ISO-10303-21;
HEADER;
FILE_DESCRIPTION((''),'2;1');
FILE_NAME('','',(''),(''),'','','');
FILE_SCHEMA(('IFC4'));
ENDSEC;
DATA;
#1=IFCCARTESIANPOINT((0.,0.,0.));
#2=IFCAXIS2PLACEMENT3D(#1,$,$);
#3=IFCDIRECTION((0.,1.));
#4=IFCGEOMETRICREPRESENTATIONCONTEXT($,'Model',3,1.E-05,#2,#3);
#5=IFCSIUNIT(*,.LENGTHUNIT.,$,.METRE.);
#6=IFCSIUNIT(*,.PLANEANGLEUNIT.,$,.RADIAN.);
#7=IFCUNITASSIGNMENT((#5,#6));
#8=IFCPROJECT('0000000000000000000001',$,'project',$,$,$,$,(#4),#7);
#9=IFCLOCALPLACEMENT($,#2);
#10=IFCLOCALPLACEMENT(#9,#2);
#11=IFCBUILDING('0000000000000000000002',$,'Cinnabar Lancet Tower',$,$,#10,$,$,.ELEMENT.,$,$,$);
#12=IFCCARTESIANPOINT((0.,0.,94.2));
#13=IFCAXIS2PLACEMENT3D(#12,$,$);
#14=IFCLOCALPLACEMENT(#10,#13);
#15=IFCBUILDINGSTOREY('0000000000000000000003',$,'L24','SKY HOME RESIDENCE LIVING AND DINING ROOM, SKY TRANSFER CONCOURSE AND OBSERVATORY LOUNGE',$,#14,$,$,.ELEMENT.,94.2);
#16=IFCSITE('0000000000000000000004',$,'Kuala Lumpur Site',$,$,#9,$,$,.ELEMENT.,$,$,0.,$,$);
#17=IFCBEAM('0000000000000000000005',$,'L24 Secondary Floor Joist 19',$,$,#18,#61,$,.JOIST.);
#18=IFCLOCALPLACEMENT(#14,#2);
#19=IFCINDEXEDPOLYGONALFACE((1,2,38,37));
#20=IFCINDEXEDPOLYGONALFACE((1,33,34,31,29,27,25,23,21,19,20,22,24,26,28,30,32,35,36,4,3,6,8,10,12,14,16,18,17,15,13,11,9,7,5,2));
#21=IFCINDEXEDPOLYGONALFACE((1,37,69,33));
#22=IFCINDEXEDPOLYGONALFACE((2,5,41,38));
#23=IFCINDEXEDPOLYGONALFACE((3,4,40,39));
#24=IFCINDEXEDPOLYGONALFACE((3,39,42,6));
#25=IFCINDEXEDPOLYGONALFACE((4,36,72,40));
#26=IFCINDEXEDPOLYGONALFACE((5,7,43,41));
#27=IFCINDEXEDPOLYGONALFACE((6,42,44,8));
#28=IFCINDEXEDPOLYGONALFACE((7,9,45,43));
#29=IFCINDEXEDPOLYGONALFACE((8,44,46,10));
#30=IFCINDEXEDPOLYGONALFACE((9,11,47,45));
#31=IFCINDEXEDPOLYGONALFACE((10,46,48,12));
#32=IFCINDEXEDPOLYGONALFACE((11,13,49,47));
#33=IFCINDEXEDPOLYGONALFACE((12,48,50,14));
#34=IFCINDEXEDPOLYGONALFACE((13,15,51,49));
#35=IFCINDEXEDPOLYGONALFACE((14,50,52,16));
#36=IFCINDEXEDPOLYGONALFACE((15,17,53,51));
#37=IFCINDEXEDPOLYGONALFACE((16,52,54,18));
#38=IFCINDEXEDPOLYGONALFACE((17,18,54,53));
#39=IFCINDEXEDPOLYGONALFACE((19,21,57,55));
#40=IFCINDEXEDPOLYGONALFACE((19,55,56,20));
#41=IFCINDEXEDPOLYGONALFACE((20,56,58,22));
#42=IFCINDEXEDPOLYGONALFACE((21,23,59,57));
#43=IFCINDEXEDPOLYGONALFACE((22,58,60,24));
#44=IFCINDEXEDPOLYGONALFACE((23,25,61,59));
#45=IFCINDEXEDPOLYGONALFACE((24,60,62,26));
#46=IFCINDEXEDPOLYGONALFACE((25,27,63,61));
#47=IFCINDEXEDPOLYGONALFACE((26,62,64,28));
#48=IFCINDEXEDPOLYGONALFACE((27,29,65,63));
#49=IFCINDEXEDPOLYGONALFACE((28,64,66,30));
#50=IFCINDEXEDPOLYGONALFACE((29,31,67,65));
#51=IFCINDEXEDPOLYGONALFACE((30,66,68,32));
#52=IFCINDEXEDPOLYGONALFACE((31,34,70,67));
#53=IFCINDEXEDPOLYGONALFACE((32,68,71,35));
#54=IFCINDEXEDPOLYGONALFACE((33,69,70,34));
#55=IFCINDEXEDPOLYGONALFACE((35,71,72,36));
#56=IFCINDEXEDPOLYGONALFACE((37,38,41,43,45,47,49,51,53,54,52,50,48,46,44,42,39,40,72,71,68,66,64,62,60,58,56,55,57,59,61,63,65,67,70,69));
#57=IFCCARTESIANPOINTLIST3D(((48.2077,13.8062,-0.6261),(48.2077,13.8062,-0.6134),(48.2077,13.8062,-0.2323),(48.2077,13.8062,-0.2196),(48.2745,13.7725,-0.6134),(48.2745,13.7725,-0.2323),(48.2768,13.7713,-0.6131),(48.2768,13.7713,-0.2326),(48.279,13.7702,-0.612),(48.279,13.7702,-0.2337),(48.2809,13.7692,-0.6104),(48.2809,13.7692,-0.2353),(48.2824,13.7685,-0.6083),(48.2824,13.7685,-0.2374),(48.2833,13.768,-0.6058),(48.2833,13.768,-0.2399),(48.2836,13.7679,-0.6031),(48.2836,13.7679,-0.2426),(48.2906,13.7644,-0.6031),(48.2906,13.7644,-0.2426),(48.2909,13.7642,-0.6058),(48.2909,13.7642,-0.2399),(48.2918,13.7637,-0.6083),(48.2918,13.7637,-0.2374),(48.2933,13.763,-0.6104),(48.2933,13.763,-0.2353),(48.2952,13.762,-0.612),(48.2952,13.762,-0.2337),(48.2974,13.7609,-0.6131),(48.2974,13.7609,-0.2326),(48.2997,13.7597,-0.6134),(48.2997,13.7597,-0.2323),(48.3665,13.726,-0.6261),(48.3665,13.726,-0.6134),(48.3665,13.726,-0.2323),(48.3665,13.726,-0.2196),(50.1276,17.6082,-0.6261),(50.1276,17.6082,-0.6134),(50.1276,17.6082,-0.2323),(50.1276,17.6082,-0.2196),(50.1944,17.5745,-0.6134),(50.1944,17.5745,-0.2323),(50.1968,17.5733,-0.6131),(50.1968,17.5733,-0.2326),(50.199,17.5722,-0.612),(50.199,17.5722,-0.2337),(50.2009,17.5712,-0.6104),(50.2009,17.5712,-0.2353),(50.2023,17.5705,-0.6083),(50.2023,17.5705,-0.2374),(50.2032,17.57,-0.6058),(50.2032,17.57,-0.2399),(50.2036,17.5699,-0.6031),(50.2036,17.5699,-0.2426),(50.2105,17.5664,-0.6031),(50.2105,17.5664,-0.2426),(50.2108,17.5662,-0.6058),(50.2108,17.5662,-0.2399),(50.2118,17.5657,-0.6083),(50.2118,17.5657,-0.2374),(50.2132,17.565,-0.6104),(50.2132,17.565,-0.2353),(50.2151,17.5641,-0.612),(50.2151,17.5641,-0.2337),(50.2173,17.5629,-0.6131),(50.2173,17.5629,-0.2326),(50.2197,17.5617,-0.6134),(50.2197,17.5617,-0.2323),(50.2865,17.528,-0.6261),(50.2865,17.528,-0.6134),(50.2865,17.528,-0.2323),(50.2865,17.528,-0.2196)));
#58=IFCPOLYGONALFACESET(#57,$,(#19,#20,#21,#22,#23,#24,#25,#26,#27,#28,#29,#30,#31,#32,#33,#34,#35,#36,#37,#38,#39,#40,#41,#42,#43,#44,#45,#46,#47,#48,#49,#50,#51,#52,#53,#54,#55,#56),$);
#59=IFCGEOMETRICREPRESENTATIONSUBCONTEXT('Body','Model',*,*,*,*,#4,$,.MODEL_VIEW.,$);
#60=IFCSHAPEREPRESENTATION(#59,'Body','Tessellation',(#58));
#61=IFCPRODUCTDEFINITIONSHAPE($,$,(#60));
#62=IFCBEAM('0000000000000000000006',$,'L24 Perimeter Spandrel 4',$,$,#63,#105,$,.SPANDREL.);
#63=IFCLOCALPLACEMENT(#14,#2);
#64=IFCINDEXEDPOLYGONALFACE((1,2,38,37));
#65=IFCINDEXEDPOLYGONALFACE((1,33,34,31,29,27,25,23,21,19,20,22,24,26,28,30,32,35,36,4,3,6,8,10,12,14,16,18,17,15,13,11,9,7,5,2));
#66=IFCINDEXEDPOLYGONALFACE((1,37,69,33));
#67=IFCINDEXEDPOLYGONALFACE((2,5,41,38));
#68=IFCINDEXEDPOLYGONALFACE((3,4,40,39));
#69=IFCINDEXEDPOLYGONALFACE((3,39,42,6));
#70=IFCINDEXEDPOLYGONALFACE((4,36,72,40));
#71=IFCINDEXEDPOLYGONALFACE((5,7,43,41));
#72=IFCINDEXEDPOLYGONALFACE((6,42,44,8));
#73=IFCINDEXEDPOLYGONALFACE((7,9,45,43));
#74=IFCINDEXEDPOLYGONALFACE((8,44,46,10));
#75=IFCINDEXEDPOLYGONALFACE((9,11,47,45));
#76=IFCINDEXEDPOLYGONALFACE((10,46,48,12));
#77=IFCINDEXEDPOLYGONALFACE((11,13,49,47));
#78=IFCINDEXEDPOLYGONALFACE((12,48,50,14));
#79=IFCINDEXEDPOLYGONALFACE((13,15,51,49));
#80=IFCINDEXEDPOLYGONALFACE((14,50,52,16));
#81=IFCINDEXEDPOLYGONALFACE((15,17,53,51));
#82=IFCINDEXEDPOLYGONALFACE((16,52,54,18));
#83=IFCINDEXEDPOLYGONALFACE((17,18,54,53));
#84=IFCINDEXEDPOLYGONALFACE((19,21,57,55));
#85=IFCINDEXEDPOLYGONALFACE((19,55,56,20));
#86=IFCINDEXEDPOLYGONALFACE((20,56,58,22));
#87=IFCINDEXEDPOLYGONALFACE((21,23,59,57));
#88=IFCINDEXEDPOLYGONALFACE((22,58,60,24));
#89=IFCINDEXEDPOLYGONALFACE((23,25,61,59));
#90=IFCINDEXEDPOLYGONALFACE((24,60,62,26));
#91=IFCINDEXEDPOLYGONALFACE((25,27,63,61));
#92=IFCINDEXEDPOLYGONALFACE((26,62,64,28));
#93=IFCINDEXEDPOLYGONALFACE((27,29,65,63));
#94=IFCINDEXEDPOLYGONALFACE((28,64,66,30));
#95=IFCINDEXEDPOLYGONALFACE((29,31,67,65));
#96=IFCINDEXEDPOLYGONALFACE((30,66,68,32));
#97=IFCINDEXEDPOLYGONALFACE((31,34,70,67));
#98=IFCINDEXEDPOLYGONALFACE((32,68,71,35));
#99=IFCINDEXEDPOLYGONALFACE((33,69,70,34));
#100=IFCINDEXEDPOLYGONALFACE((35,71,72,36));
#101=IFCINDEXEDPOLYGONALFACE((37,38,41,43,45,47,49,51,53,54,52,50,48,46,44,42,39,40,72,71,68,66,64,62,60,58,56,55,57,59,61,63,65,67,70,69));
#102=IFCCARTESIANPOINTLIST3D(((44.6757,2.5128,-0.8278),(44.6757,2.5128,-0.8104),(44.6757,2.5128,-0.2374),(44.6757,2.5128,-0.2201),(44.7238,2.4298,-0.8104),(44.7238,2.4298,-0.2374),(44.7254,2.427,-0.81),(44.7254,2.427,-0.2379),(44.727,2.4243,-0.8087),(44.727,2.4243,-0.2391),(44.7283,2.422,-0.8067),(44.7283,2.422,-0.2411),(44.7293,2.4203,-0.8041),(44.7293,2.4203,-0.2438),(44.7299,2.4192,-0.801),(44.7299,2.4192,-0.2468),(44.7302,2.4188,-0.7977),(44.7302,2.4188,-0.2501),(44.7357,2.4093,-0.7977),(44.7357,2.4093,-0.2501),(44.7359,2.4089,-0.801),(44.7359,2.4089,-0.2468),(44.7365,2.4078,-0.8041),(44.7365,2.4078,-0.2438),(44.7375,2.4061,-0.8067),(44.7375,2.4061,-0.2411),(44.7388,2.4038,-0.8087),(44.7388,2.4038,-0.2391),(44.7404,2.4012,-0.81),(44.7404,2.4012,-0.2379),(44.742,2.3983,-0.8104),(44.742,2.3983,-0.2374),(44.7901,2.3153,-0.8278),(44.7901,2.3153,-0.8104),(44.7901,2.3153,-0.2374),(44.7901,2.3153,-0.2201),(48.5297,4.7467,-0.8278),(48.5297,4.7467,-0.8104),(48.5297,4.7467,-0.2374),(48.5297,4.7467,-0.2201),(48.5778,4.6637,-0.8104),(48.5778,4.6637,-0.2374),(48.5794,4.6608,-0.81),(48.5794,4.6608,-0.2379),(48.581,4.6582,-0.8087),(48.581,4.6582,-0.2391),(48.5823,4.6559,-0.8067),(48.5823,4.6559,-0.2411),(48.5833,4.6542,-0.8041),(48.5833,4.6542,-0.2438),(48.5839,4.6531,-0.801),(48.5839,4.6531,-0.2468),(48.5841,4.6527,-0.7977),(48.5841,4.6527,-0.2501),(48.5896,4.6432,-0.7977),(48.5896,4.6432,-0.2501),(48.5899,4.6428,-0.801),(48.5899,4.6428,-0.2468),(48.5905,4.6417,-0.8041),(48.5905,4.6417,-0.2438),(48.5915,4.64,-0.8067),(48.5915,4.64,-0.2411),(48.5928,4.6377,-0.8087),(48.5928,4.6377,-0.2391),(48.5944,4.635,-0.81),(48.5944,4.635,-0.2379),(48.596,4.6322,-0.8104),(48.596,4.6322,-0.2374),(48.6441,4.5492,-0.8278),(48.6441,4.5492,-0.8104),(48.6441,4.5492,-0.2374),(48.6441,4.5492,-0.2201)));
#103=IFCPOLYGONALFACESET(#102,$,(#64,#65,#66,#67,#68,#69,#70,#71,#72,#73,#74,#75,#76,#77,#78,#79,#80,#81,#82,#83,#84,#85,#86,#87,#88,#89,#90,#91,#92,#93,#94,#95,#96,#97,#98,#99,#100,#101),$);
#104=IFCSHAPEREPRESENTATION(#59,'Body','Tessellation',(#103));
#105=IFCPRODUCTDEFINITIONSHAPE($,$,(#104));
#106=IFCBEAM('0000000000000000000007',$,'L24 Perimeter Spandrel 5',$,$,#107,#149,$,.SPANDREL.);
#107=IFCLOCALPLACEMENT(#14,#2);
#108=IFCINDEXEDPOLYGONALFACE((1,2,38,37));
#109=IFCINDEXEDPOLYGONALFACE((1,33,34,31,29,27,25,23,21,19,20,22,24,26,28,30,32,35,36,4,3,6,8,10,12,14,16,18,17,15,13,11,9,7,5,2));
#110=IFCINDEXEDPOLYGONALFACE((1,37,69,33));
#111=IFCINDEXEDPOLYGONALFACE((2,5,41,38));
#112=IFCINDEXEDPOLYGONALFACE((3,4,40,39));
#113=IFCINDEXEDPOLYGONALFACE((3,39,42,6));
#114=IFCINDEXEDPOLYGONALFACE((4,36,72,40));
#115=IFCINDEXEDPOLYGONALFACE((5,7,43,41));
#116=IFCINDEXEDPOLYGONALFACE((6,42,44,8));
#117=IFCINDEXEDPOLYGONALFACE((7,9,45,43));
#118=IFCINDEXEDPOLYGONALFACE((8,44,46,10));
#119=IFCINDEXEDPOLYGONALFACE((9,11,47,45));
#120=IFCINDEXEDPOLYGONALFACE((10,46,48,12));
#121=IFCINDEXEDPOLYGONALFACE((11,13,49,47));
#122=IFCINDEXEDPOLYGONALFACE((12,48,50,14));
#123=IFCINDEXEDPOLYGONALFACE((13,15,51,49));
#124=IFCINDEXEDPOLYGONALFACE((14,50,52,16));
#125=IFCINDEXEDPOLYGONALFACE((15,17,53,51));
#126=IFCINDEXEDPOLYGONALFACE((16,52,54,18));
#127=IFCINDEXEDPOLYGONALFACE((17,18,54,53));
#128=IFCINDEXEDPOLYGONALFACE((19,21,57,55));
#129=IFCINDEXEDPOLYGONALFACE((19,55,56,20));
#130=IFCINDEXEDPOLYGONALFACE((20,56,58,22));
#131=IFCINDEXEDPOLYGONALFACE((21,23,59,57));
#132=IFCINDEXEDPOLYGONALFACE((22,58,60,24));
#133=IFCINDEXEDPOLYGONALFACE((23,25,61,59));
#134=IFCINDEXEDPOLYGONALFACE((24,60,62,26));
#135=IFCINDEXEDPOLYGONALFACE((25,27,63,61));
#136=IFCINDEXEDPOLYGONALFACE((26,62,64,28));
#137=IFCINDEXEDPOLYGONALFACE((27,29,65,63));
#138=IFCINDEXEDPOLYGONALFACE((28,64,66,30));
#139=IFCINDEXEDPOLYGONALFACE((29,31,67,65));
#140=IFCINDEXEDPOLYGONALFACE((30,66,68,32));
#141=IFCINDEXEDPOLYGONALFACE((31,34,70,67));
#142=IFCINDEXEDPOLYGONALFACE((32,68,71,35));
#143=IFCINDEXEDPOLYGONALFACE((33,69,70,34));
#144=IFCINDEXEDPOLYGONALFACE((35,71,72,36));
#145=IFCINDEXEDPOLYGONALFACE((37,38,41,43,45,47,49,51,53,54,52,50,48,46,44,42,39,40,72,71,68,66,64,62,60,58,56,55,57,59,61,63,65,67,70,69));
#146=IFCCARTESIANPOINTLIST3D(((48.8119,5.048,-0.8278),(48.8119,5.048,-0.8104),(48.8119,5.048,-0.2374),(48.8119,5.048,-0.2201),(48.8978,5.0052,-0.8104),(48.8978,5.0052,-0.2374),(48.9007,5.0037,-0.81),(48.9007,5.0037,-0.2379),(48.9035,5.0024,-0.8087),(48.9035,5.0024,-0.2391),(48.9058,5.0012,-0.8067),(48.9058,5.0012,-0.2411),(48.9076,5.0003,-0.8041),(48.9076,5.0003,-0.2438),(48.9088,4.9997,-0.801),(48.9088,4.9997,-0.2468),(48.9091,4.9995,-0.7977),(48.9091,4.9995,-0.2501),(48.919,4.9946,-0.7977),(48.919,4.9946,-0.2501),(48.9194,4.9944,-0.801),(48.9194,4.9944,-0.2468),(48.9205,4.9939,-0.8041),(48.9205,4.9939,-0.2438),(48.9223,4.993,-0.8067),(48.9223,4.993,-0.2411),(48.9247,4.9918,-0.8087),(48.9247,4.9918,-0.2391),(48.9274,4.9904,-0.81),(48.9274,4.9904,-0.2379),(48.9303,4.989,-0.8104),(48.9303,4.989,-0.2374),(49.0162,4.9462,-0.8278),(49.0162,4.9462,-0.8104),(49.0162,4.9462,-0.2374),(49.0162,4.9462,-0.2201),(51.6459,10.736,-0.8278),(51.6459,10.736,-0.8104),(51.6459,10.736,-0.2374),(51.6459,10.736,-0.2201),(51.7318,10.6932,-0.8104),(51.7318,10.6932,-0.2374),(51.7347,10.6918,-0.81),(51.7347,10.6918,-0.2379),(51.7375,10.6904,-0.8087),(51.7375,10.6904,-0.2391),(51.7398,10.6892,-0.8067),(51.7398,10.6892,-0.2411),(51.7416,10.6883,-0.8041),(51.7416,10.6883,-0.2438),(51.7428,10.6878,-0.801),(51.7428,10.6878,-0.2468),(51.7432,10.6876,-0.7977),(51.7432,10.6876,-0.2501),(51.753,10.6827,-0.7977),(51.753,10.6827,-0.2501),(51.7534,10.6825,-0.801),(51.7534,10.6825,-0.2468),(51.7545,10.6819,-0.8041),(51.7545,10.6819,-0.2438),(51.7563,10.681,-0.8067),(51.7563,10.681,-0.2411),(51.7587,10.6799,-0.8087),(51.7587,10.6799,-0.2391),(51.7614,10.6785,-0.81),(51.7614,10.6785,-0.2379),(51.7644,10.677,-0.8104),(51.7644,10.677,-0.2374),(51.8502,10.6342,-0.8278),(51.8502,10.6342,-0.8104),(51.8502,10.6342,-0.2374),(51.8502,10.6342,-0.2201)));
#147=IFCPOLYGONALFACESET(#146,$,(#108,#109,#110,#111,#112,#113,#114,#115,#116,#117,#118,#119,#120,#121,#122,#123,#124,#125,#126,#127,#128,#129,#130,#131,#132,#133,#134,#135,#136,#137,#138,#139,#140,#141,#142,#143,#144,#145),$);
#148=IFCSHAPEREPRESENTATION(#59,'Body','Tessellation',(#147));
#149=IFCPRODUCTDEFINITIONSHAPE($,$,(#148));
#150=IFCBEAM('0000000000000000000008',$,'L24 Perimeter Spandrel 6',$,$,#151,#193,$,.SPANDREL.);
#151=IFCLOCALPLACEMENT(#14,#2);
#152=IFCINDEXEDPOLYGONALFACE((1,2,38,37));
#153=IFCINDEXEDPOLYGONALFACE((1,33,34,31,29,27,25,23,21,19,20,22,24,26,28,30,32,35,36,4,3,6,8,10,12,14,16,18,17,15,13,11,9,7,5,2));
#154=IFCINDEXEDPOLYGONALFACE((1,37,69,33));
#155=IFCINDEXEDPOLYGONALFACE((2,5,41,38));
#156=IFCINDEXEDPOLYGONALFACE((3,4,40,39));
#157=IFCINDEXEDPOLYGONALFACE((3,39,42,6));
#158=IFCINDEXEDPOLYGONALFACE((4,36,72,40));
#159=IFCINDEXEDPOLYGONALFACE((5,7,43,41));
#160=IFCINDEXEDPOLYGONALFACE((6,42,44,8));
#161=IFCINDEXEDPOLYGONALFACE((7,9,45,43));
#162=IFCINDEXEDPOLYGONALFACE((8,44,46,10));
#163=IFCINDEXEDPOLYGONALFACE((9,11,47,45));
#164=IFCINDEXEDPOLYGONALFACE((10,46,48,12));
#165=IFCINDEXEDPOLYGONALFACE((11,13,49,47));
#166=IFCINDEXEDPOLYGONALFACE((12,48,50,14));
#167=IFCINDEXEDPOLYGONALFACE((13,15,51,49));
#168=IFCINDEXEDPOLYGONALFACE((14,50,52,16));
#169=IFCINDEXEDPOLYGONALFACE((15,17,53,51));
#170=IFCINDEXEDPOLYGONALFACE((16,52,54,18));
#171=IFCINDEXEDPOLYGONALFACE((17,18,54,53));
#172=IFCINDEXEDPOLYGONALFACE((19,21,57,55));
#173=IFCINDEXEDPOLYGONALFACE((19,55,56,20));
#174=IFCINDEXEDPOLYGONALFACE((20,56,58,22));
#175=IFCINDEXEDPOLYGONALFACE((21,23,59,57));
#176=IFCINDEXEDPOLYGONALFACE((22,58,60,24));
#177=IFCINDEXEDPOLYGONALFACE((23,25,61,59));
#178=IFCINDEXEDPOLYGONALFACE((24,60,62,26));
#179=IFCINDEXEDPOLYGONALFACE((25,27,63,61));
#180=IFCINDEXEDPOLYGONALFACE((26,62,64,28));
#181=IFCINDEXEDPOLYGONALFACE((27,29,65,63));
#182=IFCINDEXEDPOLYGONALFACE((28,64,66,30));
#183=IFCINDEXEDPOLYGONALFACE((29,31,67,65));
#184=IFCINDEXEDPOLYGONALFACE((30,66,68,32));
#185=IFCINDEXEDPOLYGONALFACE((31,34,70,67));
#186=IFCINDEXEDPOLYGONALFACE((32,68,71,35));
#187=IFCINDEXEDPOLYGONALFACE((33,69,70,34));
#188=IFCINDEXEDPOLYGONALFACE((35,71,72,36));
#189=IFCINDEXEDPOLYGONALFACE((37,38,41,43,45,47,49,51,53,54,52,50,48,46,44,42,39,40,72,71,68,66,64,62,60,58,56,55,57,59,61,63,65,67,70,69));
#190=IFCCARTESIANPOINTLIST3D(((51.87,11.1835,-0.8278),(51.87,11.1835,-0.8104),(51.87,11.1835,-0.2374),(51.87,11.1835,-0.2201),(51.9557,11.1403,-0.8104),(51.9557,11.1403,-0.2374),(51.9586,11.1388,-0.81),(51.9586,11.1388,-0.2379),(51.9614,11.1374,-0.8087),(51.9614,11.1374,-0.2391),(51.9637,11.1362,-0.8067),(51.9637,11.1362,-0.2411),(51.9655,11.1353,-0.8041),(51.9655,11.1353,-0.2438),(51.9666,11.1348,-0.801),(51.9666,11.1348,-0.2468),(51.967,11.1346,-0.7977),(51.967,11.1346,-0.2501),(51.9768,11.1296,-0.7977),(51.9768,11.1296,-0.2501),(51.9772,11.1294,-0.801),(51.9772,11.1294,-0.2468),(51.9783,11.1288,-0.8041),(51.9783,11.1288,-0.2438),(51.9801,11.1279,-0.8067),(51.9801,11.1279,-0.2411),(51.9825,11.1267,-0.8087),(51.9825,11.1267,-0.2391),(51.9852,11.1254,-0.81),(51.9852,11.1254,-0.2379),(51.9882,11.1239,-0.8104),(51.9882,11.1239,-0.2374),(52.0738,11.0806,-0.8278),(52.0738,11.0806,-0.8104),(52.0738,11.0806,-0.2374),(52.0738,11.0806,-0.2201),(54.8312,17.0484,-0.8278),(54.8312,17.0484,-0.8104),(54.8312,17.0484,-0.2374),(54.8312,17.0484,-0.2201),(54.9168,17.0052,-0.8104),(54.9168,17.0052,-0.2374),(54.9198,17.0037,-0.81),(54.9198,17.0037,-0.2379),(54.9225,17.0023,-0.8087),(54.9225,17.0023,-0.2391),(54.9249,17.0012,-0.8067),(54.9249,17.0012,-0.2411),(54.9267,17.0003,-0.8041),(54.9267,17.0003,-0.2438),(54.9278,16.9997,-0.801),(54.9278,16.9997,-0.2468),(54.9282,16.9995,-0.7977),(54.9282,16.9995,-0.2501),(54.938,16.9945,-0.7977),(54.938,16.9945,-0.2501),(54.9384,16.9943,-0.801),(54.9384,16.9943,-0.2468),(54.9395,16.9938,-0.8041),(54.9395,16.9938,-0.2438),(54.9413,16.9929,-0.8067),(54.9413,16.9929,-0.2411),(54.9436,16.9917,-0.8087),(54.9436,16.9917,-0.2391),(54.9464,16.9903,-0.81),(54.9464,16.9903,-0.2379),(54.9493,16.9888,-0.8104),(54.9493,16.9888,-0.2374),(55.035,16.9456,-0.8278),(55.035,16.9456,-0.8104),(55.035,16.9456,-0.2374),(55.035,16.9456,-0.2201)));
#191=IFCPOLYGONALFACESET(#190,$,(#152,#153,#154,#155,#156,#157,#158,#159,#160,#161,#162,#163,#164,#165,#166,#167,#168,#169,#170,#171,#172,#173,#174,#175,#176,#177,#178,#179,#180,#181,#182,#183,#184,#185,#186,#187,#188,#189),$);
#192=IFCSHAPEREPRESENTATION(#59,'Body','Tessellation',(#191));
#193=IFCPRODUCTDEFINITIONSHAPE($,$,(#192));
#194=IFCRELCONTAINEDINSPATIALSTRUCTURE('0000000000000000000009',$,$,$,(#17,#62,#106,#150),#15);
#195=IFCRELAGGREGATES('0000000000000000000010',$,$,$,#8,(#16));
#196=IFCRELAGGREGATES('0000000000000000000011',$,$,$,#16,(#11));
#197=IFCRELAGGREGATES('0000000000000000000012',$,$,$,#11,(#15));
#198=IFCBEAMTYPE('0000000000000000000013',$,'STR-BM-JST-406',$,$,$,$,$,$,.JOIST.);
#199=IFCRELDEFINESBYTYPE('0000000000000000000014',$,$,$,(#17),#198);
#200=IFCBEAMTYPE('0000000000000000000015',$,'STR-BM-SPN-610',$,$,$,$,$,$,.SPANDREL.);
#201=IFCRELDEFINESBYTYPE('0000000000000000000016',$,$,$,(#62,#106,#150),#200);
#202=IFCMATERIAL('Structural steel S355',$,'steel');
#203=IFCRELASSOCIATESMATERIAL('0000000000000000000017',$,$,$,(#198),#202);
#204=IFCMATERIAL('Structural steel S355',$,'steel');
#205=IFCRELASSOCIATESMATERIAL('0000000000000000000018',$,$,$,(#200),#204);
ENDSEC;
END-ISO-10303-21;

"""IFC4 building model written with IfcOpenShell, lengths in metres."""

from ifc_helpers import new_model, si_unit, direction, frame, origin, origin_2d, place, context, subcontext, project, spatial, i_section, extrude, material, material_profile, profile_set, type_object, element, save


model = new_model("IFC4")

# Units and contexts
model_context = context("Model", 3, precision=1e-05, world=origin(), true_north=direction((0.0, 1.0)))
body_context = subcontext(model_context, "Body", "Model", "MODEL_VIEW")
ifc_project = project(units=[si_unit("LENGTHUNIT", "METRE"), si_unit("PLANEANGLEUNIT", "RADIAN")], contexts=[model_context])

# Site, building, storey
site_placement = place(None, origin())
site = spatial("IfcSite", under=ifc_project, at=site_placement, Name="Kuala Lumpur Site", CompositionType="ELEMENT", RefElevation=0.0)
building_placement = place(site_placement, origin())
building = spatial("IfcBuilding", under=site, at=building_placement, Name="Cinnabar Lancet Tower", CompositionType="ELEMENT")
storey_placement = place(building_placement, frame((0.0, 0.0, 94.2)))
storey = spatial("IfcBuildingStorey", under=building, at=storey_placement, Name="L24", Description="SKY HOME RESIDENCE LIVING AND DINING ROOM, SKY TRANSFER CONCOURSE AND OBSERVATORY LOUNGE", CompositionType="ELEMENT", Elevation=94.2)

# Beams
ifc_material_1 = material(Name="Structural steel S355", Category="steel")
ifc_material_profile_1 = material_profile(ifc_material_1, i_section(OverallWidth=0.178, OverallDepth=0.4065, WebThickness=0.0078, FlangeThickness=0.0127, FilletRadius=0.0103, at=origin_2d()), Name="UKB 406x178x60")
ifc_profile_set_1 = profile_set([ifc_material_profile_1], Name="Structural steel S355")
beam_type_1 = type_object("IfcBeamType", Name="STR-BM-JST-406", PredefinedType="JOIST", material=ifc_profile_set_1)
beam_1_placement = place(storey_placement, frame((48.2871, 13.7661, -0.4229), z_axis=(0.450764, 0.892643, 0.0), x_axis=(-0.892643, 0.450764, 0.0)))
element("IfcBeam", 1, at=beam_1_placement, inside=storey, type_object=beam_type_1, Name="L24 Secondary Floor Joist 19", PredefinedType="JOIST", context=body_context, shape_type="SweptSolid", body=[
    extrude(i_section(OverallWidth=0.178, OverallDepth=0.4065, WebThickness=0.0078, FlangeThickness=0.0127, FilletRadius=0.0103, at=origin_2d()), origin(), (0.0, 0.0, 1.0), 4.2593),
])
ifc_material_2 = material(Name="Structural steel S355", Category="steel")
ifc_material_profile_2 = material_profile(ifc_material_2, i_section(OverallWidth=0.2283, OverallDepth=0.6077, WebThickness=0.011, FlangeThickness=0.0173, FilletRadius=0.0127, at=origin_2d()), Name="UKB 610x229x113")
ifc_profile_set_2 = profile_set([ifc_material_profile_2], Name="Structural steel S355")
beam_type_2 = type_object("IfcBeamType", Name="STR-BM-SPN-610", PredefinedType="SPANDREL", material=ifc_profile_set_2)
beam_2_placement = place(storey_placement, frame((44.7329, 2.4141, -0.5239), z_axis=(0.865171, 0.501477, 0.0), x_axis=(-0.501477, 0.865171, 0.0)))
element("IfcBeam", 2, at=beam_2_placement, inside=storey, type_object=beam_type_2, Name="L24 Perimeter Spandrel 4", PredefinedType="SPANDREL", context=body_context, shape_type="SweptSolid", body=[
    extrude(i_section(OverallWidth=0.2283, OverallDepth=0.6077, WebThickness=0.011, FlangeThickness=0.0173, FilletRadius=0.0127, at=origin_2d()), origin(), (0.0, 0.0, 1.0), 4.4546),
])
beam_3_placement = place(storey_placement, frame((48.9141, 4.9971, -0.5239), z_axis=(0.445953, 0.895056, 0.0), x_axis=(-0.895056, 0.445953, 0.0)))
element("IfcBeam", 3, at=beam_3_placement, inside=storey, type_object=beam_type_2, Name="L24 Perimeter Spandrel 5", PredefinedType="SPANDREL", context=body_context, shape_type="SweptSolid", body=[
    extrude(i_section(OverallWidth=0.2283, OverallDepth=0.6077, WebThickness=0.011, FlangeThickness=0.0173, FilletRadius=0.0127, at=origin_2d()), origin(), (0.0, 0.0, 1.0), 6.355),
])
beam_4_placement = place(storey_placement, frame((51.9719, 11.1321, -0.5239), z_axis=(0.450703, 0.892674, 0.0), x_axis=(-0.892674, 0.450703, 0.0)))
element("IfcBeam", 4, at=beam_4_placement, inside=storey, type_object=beam_type_2, Name="L24 Perimeter Spandrel 6", PredefinedType="SPANDREL", context=body_context, shape_type="SweptSolid", body=[
    extrude(i_section(OverallWidth=0.2283, OverallDepth=0.6077, WebThickness=0.011, FlangeThickness=0.0173, FilletRadius=0.0127, at=origin_2d()), origin(), (0.0, 0.0, 1.0), 6.5701),
])

save(model, "model.ifc")
